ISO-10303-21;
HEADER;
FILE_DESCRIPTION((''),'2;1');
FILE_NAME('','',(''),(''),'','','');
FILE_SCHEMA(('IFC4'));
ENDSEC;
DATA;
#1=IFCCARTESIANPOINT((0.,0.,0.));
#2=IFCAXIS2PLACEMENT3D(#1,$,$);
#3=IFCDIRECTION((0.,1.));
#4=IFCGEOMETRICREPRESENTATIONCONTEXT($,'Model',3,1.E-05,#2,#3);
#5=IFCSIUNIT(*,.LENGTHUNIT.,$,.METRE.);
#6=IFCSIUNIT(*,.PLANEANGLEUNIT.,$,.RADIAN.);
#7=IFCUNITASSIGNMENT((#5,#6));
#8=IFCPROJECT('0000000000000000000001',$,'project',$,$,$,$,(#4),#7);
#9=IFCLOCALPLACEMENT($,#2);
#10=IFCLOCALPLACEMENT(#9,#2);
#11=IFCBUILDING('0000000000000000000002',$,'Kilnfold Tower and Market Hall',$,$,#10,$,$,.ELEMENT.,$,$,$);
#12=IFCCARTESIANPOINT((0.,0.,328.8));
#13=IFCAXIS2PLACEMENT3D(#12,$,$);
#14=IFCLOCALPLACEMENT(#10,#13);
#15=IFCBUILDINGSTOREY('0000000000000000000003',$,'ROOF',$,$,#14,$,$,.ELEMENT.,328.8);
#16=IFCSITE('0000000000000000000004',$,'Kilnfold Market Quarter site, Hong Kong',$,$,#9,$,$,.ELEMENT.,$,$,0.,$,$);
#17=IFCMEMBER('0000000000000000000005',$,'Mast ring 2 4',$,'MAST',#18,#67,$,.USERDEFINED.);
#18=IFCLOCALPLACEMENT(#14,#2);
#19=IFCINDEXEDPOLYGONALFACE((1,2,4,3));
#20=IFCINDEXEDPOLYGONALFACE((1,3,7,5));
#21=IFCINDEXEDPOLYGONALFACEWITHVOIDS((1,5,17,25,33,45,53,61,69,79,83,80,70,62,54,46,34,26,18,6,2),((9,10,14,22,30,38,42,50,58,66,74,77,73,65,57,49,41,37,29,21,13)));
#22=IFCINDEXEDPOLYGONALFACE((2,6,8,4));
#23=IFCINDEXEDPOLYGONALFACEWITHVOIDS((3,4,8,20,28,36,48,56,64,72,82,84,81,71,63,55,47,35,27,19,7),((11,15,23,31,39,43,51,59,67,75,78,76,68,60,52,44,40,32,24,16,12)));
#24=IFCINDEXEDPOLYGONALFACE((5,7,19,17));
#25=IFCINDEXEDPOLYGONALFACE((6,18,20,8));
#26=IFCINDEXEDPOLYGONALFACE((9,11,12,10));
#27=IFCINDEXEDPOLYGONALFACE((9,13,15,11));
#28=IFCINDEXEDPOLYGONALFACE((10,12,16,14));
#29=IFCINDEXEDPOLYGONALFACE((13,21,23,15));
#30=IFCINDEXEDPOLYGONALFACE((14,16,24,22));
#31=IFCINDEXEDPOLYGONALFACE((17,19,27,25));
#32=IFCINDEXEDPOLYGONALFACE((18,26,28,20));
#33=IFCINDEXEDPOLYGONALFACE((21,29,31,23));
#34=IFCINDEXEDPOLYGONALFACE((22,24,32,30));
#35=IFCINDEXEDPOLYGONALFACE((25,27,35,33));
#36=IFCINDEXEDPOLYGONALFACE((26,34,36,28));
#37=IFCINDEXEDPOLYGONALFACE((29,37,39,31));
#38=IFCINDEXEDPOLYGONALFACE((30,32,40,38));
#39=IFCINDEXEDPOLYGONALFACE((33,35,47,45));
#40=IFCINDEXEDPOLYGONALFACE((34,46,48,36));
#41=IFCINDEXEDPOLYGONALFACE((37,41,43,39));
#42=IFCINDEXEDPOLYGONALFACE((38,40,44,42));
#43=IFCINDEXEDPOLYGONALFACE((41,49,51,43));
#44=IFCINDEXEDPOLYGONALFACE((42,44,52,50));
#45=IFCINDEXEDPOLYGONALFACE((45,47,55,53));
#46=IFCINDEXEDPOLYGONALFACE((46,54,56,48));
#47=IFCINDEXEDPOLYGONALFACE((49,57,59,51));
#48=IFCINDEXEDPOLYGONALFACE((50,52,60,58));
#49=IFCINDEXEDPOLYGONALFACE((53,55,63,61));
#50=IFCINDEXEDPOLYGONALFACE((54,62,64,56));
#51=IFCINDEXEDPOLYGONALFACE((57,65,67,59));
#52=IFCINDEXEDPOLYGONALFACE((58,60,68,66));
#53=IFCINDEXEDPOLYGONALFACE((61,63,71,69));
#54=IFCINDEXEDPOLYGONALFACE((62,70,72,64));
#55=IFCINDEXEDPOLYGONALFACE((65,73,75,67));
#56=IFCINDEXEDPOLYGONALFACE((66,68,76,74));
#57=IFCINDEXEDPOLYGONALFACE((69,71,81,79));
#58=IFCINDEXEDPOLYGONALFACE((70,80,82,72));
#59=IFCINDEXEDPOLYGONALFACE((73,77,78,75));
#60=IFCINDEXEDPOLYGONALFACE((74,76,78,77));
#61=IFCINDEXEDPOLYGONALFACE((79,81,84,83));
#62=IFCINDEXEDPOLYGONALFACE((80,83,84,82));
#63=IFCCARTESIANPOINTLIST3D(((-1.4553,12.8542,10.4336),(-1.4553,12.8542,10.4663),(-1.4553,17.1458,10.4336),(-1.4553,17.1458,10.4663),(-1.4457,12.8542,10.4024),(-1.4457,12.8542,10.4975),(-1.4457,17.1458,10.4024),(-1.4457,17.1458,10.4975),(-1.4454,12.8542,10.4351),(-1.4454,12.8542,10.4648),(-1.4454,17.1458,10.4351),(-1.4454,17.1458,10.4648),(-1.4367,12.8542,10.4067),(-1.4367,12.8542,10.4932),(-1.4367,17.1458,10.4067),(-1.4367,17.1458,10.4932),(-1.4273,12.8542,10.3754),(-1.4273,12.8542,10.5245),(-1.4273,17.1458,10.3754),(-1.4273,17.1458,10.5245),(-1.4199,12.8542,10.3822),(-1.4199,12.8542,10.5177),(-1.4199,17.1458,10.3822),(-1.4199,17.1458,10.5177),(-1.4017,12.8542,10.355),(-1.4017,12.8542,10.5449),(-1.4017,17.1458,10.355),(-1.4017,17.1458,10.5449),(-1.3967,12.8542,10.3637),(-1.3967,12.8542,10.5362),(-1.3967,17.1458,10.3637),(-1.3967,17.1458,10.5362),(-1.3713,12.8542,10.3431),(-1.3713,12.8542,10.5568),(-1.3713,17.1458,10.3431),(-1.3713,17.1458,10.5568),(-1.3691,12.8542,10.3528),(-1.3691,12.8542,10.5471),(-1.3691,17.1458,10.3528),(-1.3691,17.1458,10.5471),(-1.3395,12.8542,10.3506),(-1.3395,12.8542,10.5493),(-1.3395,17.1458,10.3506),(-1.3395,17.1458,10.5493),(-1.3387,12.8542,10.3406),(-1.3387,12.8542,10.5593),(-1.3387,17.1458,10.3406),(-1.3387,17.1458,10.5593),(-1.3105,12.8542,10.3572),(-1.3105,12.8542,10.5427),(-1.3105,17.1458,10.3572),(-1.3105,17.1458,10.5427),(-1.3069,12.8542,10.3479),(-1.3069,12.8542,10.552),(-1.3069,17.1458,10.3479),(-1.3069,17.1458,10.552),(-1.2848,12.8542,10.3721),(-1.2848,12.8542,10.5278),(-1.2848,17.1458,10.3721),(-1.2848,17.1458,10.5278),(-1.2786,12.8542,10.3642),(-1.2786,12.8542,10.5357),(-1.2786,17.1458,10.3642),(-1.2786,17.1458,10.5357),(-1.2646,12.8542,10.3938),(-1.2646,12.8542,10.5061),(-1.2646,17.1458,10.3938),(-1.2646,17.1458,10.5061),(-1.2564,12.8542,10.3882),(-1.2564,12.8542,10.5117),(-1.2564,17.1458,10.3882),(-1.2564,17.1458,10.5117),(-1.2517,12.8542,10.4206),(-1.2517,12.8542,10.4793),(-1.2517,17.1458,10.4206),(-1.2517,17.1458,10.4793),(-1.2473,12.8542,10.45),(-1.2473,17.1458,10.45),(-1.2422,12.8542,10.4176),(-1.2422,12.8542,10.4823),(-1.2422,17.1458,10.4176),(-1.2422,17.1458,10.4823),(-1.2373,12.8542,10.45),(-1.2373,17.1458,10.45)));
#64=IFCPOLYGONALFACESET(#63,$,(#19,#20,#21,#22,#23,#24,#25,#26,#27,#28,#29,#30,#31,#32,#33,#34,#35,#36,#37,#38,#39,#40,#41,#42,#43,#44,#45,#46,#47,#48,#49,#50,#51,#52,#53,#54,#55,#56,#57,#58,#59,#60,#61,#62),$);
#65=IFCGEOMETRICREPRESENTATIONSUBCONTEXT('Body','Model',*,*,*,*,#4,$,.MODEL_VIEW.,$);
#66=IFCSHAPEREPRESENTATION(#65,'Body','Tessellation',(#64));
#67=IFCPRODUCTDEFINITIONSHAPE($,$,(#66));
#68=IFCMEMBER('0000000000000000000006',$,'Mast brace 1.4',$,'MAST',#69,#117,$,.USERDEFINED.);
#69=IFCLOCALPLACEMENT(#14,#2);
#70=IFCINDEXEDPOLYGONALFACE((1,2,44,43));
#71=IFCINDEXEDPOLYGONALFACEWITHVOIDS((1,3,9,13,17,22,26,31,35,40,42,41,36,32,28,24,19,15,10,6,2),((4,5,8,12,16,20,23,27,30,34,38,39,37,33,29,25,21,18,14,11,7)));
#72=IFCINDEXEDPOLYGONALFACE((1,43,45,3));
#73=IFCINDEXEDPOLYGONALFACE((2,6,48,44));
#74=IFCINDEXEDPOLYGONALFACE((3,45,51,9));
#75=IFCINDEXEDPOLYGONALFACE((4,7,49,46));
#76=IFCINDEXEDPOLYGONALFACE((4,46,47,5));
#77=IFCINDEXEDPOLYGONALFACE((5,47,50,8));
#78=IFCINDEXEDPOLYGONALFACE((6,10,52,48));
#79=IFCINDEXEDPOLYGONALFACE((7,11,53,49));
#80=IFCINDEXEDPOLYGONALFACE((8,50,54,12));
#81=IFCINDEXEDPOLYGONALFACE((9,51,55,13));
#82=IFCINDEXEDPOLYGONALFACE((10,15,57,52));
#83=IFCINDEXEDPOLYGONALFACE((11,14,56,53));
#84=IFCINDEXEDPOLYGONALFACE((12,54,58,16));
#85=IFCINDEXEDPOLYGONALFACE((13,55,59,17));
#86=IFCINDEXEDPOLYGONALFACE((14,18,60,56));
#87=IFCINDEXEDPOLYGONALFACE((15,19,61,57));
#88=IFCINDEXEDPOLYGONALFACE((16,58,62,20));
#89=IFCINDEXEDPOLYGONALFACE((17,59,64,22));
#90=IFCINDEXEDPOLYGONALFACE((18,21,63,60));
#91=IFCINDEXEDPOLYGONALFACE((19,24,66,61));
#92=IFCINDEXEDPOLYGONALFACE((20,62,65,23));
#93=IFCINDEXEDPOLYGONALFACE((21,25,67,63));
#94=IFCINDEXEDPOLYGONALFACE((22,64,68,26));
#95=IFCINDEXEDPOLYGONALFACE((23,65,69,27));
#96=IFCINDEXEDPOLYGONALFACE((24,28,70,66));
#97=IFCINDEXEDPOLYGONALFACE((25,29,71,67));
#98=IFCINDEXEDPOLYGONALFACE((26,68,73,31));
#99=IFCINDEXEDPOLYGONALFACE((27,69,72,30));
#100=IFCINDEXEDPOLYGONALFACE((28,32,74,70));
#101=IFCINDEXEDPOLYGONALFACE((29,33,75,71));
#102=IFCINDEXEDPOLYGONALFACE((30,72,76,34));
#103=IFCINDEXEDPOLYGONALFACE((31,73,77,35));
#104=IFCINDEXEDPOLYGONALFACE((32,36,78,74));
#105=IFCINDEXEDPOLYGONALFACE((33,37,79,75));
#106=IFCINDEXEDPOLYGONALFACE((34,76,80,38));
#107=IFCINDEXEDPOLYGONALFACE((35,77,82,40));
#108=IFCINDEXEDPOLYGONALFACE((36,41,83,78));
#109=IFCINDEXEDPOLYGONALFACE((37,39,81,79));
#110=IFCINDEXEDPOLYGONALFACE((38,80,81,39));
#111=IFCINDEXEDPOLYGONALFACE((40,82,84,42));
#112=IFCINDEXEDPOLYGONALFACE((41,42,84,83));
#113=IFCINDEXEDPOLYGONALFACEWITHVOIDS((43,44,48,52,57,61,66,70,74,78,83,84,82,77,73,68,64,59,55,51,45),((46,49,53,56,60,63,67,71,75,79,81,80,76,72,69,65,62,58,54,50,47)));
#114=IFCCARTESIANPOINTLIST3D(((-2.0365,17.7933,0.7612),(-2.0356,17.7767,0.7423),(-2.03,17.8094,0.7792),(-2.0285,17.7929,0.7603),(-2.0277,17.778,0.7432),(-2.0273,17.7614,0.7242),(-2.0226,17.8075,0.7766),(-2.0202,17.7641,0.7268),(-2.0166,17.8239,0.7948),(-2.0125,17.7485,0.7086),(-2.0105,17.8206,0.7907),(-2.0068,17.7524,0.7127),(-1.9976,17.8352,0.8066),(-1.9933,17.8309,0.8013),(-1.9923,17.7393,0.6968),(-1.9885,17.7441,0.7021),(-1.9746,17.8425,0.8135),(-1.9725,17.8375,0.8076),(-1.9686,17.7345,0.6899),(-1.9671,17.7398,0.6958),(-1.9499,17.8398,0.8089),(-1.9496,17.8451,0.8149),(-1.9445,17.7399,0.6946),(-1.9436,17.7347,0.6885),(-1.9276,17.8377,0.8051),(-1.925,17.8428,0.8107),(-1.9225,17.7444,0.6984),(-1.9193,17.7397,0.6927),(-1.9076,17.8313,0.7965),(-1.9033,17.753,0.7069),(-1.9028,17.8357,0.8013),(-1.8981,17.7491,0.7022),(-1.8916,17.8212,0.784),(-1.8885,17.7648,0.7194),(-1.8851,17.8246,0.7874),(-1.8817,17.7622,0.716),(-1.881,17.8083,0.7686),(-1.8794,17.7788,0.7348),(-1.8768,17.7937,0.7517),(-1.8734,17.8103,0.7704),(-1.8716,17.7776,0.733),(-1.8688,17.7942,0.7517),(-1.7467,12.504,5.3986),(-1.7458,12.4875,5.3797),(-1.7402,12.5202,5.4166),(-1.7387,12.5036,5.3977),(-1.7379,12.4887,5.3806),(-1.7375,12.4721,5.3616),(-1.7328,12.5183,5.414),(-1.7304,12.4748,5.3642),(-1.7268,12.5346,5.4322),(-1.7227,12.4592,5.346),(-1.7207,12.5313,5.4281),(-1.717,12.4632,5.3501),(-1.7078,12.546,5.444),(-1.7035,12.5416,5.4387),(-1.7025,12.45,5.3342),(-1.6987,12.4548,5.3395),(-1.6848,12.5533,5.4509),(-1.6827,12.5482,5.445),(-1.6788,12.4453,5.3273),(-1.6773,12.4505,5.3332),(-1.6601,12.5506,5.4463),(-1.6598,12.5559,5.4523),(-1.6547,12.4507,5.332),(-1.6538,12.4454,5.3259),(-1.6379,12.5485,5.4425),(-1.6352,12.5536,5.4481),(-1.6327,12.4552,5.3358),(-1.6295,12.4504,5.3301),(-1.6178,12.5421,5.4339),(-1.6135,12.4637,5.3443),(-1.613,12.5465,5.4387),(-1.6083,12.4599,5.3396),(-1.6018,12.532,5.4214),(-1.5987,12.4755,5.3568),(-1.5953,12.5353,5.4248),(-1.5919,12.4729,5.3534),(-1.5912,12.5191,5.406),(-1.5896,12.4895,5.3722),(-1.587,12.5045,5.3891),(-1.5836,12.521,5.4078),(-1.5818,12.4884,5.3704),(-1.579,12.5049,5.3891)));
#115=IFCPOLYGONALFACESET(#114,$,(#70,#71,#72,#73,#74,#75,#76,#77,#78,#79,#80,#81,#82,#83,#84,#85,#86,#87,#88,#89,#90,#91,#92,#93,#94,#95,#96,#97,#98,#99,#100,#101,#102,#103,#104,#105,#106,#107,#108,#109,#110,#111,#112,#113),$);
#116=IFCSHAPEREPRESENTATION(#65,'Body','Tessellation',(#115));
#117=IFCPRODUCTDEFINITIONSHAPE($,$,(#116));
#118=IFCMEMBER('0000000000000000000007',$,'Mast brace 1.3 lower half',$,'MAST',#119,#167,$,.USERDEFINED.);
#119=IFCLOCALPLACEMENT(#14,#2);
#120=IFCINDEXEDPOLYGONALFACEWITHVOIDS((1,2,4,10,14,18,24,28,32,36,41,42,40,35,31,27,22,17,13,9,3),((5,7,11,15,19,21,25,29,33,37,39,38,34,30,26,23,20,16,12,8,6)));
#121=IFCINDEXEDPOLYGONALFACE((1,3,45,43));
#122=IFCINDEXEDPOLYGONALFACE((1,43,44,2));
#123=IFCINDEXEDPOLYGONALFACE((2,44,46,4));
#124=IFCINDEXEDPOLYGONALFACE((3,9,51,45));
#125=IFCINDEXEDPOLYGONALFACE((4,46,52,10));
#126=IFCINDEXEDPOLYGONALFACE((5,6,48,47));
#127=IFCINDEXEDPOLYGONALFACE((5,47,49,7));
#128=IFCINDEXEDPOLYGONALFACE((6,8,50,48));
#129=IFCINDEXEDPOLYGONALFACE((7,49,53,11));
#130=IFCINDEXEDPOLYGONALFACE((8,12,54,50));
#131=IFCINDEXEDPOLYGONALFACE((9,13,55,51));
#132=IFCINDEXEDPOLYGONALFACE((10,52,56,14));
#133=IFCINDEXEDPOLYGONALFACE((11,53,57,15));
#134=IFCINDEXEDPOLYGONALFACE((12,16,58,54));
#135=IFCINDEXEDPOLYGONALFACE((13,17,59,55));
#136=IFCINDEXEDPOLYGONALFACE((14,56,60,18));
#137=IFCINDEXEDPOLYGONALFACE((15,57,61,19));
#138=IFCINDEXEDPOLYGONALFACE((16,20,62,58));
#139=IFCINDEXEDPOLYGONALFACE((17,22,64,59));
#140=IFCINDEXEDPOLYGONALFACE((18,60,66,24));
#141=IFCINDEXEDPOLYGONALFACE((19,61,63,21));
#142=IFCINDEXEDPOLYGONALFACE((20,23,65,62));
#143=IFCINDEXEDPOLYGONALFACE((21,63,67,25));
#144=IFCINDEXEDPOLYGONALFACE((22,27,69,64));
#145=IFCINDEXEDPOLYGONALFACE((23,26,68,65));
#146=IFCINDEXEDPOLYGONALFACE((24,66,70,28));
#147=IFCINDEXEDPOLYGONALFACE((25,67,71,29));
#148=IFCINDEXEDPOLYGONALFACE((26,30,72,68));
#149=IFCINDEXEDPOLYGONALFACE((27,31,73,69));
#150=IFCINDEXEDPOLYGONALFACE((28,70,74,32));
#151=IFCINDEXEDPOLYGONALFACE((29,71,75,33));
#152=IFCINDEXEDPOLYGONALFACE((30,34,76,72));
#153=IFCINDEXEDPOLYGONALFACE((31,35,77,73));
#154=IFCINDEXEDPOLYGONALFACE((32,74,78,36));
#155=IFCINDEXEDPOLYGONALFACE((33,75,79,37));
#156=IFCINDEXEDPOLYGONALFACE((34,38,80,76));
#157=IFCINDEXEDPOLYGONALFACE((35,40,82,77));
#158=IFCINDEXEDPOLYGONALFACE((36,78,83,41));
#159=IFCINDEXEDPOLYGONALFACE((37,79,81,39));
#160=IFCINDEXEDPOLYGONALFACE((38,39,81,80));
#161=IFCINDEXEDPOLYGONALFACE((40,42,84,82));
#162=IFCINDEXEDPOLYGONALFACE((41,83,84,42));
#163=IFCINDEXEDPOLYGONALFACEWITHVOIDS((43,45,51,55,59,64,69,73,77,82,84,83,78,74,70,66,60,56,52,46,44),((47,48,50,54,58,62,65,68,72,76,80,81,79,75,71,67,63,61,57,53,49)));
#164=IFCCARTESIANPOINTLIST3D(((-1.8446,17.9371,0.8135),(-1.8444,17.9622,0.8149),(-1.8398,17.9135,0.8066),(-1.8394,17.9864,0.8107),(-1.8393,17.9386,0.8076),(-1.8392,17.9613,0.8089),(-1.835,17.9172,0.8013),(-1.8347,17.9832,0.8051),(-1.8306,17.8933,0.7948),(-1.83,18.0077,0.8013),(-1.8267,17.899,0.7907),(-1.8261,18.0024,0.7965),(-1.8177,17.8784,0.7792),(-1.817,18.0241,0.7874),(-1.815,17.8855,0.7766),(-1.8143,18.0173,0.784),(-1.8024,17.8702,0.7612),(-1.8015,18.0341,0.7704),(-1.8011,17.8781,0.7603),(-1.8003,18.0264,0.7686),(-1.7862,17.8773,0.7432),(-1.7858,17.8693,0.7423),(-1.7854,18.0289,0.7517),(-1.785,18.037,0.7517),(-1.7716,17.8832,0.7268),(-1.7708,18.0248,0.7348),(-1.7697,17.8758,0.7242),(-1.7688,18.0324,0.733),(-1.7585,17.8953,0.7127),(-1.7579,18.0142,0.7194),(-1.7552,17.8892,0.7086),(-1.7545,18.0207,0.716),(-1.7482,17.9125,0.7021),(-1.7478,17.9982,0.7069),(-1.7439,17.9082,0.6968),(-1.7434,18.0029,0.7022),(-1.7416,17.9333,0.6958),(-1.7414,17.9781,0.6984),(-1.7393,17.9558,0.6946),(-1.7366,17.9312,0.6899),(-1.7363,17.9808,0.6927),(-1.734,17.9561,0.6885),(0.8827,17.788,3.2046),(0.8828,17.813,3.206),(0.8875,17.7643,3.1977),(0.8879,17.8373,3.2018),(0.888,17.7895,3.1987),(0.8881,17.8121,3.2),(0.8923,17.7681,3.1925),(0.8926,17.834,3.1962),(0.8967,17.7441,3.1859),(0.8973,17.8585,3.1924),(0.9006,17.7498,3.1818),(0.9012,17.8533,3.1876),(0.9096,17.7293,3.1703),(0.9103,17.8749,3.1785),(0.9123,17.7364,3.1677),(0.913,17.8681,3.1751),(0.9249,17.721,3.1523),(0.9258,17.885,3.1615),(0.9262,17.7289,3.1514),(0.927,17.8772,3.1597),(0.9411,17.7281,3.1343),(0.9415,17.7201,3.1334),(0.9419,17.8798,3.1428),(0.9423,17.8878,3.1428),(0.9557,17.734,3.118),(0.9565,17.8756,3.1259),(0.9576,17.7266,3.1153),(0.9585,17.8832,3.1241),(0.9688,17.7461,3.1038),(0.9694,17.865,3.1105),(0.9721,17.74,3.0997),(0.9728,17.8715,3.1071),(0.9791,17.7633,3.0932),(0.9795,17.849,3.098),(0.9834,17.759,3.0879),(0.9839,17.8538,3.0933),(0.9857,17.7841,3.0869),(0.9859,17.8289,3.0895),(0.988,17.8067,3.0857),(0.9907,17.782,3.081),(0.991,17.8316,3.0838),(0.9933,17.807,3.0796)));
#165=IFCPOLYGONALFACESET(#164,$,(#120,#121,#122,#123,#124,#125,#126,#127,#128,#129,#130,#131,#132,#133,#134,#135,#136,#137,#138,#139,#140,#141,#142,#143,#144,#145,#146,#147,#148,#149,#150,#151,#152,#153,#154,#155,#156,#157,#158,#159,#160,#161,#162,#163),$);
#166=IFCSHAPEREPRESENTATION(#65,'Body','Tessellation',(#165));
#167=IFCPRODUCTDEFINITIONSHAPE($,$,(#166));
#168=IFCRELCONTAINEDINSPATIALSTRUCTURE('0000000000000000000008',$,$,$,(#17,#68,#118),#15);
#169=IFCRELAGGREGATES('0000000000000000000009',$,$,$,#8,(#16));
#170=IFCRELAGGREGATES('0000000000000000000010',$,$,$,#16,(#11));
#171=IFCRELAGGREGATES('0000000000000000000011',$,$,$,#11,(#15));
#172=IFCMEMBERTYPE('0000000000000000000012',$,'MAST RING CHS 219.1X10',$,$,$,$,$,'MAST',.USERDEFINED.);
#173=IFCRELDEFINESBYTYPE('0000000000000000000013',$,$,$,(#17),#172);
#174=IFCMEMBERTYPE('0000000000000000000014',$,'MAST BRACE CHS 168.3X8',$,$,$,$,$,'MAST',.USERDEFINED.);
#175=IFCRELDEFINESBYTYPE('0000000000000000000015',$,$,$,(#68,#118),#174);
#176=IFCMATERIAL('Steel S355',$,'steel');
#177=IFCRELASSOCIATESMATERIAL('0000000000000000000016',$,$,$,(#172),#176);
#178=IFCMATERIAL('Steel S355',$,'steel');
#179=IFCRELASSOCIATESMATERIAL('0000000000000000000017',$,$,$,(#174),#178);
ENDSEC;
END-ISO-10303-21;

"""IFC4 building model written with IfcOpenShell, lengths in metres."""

from ifc_helpers import new_model, si_unit, direction, frame, origin, origin_2d, place, context, subcontext, project, spatial, hollow_circle, extrude, source, transform, mapped, material, material_profile, profile_set, type_object, element, save


model = new_model("IFC4")

# Units and contexts
model_context = context("Model", 3, precision=1e-05, world=origin(), true_north=direction((0.0, 1.0)))
body_context = subcontext(model_context, "Body", "Model", "MODEL_VIEW")
ifc_project = project(units=[si_unit("LENGTHUNIT", "METRE"), si_unit("PLANEANGLEUNIT", "RADIAN")], contexts=[model_context])

# Site, building, storey
site_placement = place(None, origin())
site = spatial("IfcSite", under=ifc_project, at=site_placement, Name="Kilnfold Market Quarter site, Hong Kong", CompositionType="ELEMENT", RefElevation=0.0)
building_placement = place(site_placement, origin())
building = spatial("IfcBuilding", under=site, at=building_placement, Name="Kilnfold Tower and Market Hall", CompositionType="ELEMENT")
storey_placement = place(building_placement, frame((0.0, 0.0, 328.8)))
storey = spatial("IfcBuildingStorey", under=building, at=storey_placement, Name="ROOF", CompositionType="ELEMENT", Elevation=328.8)

# Members
ifc_material_1 = material(Name="Steel S355", Category="steel")
ifc_material_profile_1 = material_profile(ifc_material_1, hollow_circle(Radius=0.1096, WallThickness=0.01, at=origin_2d()), Name="CHS 219.1x10")
ifc_profile_set_1 = profile_set([ifc_material_profile_1], Name="Steel S355")
member_type_1 = type_object("IfcMemberType", Name="MAST RING CHS 219.1X10", ElementType="MAST", PredefinedType="USERDEFINED", material=ifc_profile_set_1)
shared_shape_1 = source(origin(), body_context, "Body", "SweptSolid", [
    extrude(hollow_circle(Radius=0.1096, WallThickness=0.01, at=origin_2d()), origin(), (0.0, 0.0, 1.0), 4.2915),
])
member_1_placement = place(storey_placement, frame((-1.3469, 17.1458, 10.45), z_axis=(0.0, -1.0, 0.0), x_axis=(1.0, 0.0, 0.0)))
element("IfcMember", 1, at=member_1_placement, inside=storey, type_object=member_type_1, Name="Mast ring 2 4", ObjectType="MAST", PredefinedType="USERDEFINED", context=body_context, shape_type="MappedRepresentation", body=[
    mapped(shared_shape_1, transform((0.0, 0.0, 0.0))),
])
ifc_material_2 = material(Name="Steel S355", Category="steel")
ifc_material_profile_2 = material_profile(ifc_material_2, hollow_circle(Radius=0.0842, WallThickness=0.0081, at=origin_2d()), Name="CHS 168.3x8")
ifc_profile_set_2 = profile_set([ifc_material_profile_2], Name="Steel S355")
member_type_2 = type_object("IfcMemberType", Name="MAST BRACE CHS 168.3X8", ElementType="MAST", PredefinedType="USERDEFINED", material=ifc_profile_set_2)
shared_shape_2 = source(origin(), body_context, "Body", "SweptSolid", [
    extrude(hollow_circle(Radius=0.0842, WallThickness=0.0081, at=origin_2d()), origin(), (0.0, 0.0, 1.0), 7.0403),
])
member_2_placement = place(storey_placement, frame((-1.9529, 17.7896, 0.7517), z_axis=(0.041162, -0.751283, 0.658695), x_axis=(0.998502, 0.054707, 0.0)))
element("IfcMember", 2, at=member_2_placement, inside=storey, type_object=member_type_2, Name="Mast brace 1.4", ObjectType="MAST", PredefinedType="USERDEFINED", context=body_context, shape_type="MappedRepresentation", body=[
    mapped(shared_shape_2, transform((0.0, 0.0, 0.0))),
])
shared_shape_3 = source(origin(), body_context, "Body", "SweptSolid", [
    extrude(hollow_circle(Radius=0.0842, WallThickness=0.0081, at=origin_2d()), origin(), (0.0, 0.0, 1.0), 3.6301),
])
member_3_placement = place(storey_placement, frame((-1.7896, 17.9529, 0.7517), z_axis=(0.751295, -0.041092, 0.658686), x_axis=(0.054614, 0.998508, 0.0)))
element("IfcMember", 3, at=member_3_placement, inside=storey, type_object=member_type_2, Name="Mast brace 1.3 lower half", ObjectType="MAST", PredefinedType="USERDEFINED", context=body_context, shape_type="MappedRepresentation", body=[
    mapped(shared_shape_3, transform((0.0, 0.0, 0.0))),
])

save(model, "model.ifc")
